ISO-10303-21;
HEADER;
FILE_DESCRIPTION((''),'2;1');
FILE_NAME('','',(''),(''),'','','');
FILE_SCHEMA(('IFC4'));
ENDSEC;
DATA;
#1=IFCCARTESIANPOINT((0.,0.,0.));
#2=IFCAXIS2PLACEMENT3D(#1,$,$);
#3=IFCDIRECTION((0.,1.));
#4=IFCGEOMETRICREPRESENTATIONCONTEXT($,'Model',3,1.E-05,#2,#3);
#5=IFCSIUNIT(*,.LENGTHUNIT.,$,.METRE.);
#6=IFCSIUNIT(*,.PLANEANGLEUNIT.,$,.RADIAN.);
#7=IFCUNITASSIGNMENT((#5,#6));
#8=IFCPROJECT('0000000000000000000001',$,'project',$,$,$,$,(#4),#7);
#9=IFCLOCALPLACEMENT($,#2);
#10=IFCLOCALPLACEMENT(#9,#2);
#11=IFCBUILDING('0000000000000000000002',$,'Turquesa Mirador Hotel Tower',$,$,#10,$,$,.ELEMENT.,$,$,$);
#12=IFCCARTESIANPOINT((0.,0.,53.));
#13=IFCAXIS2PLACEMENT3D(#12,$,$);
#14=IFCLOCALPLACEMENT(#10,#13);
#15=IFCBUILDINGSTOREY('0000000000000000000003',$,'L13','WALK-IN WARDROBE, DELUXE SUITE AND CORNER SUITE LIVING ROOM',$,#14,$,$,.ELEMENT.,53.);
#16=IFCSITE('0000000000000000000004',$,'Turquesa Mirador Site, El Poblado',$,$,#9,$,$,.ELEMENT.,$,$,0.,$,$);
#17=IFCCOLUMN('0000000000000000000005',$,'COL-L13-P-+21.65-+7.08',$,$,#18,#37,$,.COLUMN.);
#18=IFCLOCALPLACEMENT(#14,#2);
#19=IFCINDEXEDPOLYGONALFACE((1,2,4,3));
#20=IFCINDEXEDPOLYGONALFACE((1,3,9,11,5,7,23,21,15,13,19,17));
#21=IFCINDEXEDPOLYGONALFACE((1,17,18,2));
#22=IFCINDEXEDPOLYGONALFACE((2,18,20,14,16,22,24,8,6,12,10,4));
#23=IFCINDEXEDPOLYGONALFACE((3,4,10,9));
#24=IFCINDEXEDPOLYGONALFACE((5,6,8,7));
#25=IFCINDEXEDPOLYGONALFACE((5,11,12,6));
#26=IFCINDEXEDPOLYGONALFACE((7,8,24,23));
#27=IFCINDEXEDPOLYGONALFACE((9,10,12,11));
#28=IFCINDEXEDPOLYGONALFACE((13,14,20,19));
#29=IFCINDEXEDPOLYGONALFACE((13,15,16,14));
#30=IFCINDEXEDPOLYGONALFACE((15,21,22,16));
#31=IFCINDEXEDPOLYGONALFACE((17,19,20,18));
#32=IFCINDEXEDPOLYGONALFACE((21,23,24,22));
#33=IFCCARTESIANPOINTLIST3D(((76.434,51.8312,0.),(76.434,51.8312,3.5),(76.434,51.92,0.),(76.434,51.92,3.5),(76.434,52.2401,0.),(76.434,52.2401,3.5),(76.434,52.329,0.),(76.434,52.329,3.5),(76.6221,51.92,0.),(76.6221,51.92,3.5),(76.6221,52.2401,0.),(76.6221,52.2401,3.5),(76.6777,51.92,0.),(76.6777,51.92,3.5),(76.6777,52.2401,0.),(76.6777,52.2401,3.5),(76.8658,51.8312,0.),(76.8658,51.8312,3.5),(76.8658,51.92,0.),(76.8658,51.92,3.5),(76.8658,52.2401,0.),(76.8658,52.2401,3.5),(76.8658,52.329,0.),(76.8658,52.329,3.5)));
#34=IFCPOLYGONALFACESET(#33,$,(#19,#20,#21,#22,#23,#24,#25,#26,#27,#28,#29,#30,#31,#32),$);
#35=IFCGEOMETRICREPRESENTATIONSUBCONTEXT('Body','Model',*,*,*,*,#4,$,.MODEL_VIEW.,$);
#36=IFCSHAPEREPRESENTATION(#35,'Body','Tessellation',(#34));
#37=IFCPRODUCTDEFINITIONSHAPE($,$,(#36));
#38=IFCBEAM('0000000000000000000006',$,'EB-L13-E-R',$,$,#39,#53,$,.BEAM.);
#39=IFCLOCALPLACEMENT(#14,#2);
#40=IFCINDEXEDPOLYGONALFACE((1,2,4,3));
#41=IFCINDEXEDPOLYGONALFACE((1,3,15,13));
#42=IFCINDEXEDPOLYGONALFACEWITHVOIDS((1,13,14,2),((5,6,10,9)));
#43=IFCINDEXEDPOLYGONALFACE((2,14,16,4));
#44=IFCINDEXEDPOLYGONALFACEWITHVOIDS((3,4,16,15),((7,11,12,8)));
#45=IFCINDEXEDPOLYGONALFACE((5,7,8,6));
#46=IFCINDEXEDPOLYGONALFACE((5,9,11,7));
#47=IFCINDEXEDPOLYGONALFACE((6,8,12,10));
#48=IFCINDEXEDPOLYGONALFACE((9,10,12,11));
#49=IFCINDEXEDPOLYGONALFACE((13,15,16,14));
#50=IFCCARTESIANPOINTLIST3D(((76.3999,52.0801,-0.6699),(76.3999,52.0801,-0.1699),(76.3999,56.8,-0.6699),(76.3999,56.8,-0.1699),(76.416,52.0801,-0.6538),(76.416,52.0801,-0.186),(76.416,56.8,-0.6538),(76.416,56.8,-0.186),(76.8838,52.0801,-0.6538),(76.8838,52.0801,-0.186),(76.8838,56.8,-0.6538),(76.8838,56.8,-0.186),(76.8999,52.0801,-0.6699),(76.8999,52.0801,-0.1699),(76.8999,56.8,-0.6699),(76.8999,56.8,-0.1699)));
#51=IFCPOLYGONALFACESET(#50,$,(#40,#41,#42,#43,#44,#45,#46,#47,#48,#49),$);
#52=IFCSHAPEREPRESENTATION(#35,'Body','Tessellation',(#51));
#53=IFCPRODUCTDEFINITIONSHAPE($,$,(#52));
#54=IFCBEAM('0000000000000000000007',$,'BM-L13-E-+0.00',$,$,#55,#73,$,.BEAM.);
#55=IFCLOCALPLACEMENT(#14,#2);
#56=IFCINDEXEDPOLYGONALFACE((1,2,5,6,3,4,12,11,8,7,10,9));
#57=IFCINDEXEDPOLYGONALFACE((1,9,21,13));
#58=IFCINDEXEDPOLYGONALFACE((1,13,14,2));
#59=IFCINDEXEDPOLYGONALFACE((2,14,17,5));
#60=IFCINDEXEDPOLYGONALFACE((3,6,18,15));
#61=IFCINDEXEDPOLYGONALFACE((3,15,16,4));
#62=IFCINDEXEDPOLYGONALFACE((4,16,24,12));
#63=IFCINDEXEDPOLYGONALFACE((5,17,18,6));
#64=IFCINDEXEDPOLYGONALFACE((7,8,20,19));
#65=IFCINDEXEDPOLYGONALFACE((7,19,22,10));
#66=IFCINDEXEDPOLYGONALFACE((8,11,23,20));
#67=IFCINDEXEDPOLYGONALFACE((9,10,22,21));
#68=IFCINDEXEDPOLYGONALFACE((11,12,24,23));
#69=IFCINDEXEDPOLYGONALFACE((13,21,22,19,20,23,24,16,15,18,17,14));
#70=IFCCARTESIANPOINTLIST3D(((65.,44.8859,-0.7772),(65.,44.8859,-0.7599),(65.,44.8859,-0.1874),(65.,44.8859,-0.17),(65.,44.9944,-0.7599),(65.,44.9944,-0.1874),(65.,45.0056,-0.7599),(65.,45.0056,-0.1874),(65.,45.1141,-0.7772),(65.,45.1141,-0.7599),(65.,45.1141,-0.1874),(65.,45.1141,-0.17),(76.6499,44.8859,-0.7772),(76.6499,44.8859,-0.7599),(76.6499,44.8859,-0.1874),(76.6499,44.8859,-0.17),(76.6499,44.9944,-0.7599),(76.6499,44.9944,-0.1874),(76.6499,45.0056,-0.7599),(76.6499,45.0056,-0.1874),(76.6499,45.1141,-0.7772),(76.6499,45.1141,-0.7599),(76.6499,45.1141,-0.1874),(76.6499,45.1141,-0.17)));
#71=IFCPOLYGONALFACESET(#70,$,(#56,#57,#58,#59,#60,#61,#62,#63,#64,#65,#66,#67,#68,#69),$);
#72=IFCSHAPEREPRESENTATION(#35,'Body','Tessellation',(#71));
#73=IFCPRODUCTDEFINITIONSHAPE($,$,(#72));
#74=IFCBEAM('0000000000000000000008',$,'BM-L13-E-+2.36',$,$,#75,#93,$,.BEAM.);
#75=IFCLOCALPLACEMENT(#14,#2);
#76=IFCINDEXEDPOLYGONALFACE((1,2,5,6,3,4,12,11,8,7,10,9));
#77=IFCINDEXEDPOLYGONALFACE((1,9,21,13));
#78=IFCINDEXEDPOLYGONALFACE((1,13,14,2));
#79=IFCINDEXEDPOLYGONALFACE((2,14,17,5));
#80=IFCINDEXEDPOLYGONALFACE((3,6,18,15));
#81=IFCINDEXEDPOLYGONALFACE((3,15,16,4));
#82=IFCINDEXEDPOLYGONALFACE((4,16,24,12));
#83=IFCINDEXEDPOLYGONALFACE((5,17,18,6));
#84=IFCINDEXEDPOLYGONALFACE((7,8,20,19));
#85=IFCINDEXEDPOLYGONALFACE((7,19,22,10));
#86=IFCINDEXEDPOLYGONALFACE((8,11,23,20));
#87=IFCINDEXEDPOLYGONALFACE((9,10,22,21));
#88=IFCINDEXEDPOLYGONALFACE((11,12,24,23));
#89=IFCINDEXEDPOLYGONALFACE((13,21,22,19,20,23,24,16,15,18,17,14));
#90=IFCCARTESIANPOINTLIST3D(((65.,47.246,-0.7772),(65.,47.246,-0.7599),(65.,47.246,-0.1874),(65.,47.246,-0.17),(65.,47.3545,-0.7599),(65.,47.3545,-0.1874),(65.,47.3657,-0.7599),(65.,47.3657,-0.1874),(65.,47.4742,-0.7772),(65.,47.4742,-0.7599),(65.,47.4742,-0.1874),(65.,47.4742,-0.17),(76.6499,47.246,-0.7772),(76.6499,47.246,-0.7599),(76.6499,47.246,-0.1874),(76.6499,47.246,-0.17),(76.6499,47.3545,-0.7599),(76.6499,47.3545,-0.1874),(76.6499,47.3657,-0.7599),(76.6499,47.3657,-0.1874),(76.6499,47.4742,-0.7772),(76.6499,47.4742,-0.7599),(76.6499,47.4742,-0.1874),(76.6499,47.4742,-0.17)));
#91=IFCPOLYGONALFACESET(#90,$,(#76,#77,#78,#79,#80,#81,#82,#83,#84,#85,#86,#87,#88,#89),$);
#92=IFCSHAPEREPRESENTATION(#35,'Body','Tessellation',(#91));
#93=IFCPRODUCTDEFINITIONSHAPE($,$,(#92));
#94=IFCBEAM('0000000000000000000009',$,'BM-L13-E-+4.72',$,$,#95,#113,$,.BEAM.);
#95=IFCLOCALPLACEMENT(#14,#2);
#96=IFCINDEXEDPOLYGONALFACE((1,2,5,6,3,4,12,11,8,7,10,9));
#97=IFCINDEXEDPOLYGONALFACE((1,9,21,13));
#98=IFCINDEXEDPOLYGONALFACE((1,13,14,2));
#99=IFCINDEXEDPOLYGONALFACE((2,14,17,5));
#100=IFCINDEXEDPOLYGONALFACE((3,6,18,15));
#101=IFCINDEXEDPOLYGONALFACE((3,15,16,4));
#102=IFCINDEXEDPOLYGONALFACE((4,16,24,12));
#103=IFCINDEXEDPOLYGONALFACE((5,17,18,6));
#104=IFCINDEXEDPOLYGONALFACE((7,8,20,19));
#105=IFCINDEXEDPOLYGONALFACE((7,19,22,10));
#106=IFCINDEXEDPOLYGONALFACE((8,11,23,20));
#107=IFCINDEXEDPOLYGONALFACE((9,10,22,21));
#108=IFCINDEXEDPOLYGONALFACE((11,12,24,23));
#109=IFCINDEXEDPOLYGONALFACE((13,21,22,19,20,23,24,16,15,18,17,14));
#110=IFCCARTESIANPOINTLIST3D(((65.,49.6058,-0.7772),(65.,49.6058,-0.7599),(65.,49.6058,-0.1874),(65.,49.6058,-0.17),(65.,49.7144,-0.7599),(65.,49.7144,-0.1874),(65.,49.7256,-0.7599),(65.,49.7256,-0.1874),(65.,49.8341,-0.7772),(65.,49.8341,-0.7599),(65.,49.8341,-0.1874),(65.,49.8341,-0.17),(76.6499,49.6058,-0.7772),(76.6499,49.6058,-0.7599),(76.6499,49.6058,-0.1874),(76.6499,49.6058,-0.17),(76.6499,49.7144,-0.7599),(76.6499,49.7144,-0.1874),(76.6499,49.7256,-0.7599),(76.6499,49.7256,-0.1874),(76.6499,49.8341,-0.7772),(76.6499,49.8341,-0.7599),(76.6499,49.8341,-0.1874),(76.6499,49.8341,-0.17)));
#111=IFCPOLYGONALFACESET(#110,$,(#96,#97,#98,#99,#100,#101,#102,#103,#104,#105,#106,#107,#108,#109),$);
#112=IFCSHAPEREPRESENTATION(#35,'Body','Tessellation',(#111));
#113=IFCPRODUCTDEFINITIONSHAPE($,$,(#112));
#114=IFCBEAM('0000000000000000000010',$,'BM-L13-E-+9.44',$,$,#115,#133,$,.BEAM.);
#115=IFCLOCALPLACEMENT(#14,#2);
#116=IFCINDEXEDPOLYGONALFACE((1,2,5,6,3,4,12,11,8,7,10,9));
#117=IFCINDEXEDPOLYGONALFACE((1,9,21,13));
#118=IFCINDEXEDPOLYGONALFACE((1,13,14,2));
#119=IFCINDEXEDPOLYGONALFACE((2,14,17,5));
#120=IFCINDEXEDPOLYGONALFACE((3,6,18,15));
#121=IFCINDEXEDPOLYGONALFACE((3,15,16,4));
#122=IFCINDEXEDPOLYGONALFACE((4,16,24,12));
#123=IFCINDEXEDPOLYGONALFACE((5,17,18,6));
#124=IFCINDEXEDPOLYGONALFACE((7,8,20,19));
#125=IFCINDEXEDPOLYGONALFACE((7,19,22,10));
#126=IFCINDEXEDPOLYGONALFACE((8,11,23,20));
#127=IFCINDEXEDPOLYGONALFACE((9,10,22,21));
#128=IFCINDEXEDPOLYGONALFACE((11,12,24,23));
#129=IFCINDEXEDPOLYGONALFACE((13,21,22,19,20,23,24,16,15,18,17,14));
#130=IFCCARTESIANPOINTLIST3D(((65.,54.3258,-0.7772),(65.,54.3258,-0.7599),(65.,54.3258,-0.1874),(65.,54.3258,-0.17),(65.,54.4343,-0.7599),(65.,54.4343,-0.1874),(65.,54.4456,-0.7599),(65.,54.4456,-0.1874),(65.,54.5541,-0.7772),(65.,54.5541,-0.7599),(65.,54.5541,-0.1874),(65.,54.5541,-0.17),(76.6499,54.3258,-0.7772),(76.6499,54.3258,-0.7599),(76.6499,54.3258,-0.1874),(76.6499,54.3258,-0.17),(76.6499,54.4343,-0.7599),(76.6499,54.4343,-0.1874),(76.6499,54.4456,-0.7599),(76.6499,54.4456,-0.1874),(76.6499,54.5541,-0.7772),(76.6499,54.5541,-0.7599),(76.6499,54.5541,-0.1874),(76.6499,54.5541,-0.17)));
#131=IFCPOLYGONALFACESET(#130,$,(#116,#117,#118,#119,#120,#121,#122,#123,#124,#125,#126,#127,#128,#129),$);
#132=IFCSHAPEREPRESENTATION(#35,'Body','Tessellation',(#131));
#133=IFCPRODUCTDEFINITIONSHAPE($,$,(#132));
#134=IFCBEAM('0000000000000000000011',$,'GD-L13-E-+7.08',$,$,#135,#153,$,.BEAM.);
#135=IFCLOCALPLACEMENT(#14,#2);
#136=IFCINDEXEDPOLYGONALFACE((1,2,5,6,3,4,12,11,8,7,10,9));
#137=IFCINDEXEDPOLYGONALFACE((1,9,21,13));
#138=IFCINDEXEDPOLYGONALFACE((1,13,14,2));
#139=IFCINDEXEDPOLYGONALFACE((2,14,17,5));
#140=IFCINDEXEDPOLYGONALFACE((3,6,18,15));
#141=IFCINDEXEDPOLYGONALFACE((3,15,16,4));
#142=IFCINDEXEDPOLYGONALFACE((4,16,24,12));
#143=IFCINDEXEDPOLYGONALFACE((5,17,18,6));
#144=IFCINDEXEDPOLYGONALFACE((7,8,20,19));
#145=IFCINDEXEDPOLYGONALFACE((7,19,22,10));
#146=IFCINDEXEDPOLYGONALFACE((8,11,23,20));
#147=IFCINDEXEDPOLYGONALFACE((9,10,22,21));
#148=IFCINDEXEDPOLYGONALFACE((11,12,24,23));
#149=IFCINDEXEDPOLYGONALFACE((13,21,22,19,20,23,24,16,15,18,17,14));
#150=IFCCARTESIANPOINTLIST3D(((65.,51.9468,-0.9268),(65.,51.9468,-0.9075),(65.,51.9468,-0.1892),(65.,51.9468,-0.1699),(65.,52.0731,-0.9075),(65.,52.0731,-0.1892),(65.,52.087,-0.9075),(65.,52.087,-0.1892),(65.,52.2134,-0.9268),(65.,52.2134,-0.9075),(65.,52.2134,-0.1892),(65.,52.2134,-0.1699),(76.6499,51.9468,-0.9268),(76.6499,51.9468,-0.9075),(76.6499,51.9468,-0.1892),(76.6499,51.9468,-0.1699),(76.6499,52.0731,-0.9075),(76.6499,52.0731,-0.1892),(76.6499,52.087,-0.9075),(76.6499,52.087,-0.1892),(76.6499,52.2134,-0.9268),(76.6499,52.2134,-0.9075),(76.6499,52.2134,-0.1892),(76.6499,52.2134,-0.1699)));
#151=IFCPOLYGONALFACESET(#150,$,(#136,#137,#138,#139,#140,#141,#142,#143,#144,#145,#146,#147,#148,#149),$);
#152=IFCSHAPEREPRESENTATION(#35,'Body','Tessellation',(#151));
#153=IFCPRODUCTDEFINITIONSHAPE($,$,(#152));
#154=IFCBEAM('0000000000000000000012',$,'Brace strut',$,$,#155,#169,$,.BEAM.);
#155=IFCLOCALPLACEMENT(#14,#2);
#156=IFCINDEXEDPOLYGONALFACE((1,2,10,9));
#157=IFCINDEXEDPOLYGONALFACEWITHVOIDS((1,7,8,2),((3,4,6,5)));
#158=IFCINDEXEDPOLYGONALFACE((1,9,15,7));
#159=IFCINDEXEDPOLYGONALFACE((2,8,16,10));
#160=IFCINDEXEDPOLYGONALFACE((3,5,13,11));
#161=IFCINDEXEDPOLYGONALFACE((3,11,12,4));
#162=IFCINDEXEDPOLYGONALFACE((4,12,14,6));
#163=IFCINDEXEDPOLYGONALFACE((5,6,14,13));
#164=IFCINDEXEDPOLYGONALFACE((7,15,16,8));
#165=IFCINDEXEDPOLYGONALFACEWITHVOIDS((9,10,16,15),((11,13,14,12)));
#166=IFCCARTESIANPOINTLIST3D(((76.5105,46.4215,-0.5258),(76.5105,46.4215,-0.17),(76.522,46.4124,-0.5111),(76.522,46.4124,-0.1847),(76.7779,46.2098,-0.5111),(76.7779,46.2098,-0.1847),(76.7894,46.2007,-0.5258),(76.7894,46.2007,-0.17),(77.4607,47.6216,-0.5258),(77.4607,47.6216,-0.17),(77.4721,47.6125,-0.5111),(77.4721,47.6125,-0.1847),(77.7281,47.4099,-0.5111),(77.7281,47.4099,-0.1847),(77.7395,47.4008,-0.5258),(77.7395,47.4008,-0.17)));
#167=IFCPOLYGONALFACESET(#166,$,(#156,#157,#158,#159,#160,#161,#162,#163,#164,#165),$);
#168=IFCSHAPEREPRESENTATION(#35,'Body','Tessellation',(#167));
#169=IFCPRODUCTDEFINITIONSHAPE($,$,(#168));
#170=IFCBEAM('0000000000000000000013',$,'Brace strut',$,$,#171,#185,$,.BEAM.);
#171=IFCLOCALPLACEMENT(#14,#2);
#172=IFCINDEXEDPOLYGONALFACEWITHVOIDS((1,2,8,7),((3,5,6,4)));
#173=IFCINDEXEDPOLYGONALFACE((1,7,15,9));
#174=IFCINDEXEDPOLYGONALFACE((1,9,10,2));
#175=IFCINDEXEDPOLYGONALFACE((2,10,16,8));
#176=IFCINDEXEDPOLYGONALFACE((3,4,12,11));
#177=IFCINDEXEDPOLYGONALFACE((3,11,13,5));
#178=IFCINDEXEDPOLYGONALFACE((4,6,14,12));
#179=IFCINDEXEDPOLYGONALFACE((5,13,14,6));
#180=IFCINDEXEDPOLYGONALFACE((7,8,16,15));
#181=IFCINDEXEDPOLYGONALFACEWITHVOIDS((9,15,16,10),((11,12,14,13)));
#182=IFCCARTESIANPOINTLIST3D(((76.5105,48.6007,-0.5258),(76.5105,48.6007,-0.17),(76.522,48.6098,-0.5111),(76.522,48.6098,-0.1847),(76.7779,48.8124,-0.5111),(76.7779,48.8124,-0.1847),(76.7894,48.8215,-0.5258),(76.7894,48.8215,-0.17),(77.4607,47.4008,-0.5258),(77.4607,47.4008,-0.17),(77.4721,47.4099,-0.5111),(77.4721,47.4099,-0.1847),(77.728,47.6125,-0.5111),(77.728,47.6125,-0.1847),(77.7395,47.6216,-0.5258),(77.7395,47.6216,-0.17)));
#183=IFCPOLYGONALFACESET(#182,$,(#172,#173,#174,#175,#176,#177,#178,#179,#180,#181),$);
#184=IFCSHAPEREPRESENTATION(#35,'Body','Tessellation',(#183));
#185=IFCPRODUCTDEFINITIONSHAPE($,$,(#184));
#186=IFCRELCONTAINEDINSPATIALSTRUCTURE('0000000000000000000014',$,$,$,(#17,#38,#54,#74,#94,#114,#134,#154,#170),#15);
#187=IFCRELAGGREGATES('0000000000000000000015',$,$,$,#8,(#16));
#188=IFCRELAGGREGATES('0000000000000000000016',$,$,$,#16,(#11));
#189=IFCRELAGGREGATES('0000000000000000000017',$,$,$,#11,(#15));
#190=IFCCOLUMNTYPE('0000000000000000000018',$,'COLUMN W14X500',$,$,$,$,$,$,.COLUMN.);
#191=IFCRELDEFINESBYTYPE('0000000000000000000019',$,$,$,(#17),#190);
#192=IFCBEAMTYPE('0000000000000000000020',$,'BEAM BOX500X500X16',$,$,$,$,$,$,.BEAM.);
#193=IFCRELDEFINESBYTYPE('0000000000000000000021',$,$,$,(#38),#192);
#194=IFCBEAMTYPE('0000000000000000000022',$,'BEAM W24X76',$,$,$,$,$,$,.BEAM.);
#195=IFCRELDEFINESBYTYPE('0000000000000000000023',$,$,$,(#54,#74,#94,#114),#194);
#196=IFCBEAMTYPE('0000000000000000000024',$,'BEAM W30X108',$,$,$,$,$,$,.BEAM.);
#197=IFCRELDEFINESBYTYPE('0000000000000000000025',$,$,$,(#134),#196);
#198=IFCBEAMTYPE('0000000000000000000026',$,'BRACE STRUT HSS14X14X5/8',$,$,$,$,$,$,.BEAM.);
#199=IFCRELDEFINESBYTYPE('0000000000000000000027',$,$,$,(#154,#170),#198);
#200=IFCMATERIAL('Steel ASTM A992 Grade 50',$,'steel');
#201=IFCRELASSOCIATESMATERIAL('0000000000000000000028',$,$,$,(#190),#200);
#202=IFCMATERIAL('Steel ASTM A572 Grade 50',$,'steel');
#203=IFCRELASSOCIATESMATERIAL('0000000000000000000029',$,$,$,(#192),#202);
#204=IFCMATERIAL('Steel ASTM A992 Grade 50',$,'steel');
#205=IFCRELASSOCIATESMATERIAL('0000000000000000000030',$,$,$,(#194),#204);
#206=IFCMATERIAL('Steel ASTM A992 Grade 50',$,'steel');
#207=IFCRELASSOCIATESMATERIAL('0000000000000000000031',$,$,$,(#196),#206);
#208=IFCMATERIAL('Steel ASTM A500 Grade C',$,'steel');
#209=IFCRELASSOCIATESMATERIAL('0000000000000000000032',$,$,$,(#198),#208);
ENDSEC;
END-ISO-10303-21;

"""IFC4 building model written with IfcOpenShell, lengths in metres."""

from ifc_helpers import new_model, si_unit, direction, frame, origin, origin_2d, place, context, subcontext, project, spatial, hollow_rectangle, i_section, extrude, material, material_profile, profile_set, type_object, element, save


model = new_model("IFC4")

# Units and contexts
model_context = context("Model", 3, precision=1e-05, world=origin(), true_north=direction((0.0, 1.0)))
body_context = subcontext(model_context, "Body", "Model", "MODEL_VIEW")
ifc_project = project(units=[si_unit("LENGTHUNIT", "METRE"), si_unit("PLANEANGLEUNIT", "RADIAN")], contexts=[model_context])

# Site, building, storey
site_placement = place(None, origin())
site = spatial("IfcSite", under=ifc_project, at=site_placement, Name="Turquesa Mirador Site, El Poblado", CompositionType="ELEMENT", RefElevation=0.0)
building_placement = place(site_placement, origin())
building = spatial("IfcBuilding", under=site, at=building_placement, Name="Turquesa Mirador Hotel Tower", CompositionType="ELEMENT")
storey_placement = place(building_placement, frame((0.0, 0.0, 53.0)))
storey = spatial("IfcBuildingStorey", under=building, at=storey_placement, Name="L13", Description="WALK-IN WARDROBE, DELUXE SUITE AND CORNER SUITE LIVING ROOM", CompositionType="ELEMENT", Elevation=53.0)

# Column
ifc_material_1 = material(Name="Steel ASTM A992 Grade 50", Category="steel")
ifc_material_profile_1 = material_profile(ifc_material_1, i_section(OverallWidth=0.4319, OverallDepth=0.4978, WebThickness=0.0557, FlangeThickness=0.0889, at=origin_2d()), Name="W14X500")
ifc_profile_set_1 = profile_set([ifc_material_profile_1], Name="Steel ASTM A992 Grade 50")
column_type = type_object("IfcColumnType", Name="COLUMN W14X500", PredefinedType="COLUMN", material=ifc_profile_set_1)
column_placement = place(storey_placement, frame((76.6499, 52.0801, 0.0), z_axis=(0.0, 0.0, 1.0), x_axis=(1.0, 0.0, 0.0)))
element("IfcColumn", 1, at=column_placement, inside=storey, type_object=column_type, Name="COL-L13-P-+21.65-+7.08", PredefinedType="COLUMN", context=body_context, shape_type="SweptSolid", body=[
    extrude(i_section(OverallWidth=0.4319, OverallDepth=0.4978, WebThickness=0.0557, FlangeThickness=0.0889, at=origin_2d()), origin(), (0.0, 0.0, 1.0), 3.5),
])

# Beams
ifc_material_2 = material(Name="Steel ASTM A572 Grade 50", Category="steel")
ifc_material_profile_2 = material_profile(ifc_material_2, hollow_rectangle(XDim=0.5, YDim=0.5, WallThickness=0.0161, at=origin_2d()), Name="BOX500X500X16")
ifc_profile_set_2 = profile_set([ifc_material_profile_2], Name="Steel ASTM A572 Grade 50")
beam_type_1 = type_object("IfcBeamType", Name="BEAM BOX500X500X16", PredefinedType="BEAM", material=ifc_profile_set_2)
beam_1_placement = place(storey_placement, frame((76.6499, 52.0801, -0.4199), z_axis=(0.0, 1.0, 0.0), x_axis=(-1.0, 0.0, 0.0)))
element("IfcBeam", 2, at=beam_1_placement, inside=storey, type_object=beam_type_1, Name="EB-L13-E-R", PredefinedType="BEAM", context=body_context, shape_type="SweptSolid", body=[
    extrude(hollow_rectangle(XDim=0.5, YDim=0.5, WallThickness=0.0161, at=origin_2d()), origin(), (0.0, 0.0, 1.0), 4.72),
])
ifc_material_3 = material(Name="Steel ASTM A992 Grade 50", Category="steel")
ifc_material_profile_3 = material_profile(ifc_material_3, i_section(OverallWidth=0.2283, OverallDepth=0.6072, WebThickness=0.0112, FlangeThickness=0.0173, at=origin_2d()), Name="W24X76")
ifc_profile_set_3 = profile_set([ifc_material_profile_3], Name="Steel ASTM A992 Grade 50")
beam_type_2 = type_object("IfcBeamType", Name="BEAM W24X76", PredefinedType="BEAM", material=ifc_profile_set_3)
for number, where, z_axis, x_axis, name in (
    (3, (76.6499, 45.0, -0.4736), (-1.0, 0.0, 0.0), (0.0, -1.0, 0.0), "BM-L13-E-+0.00"),
    (4, (76.6499, 47.3601, -0.4736), (-1.0, 0.0, 0.0), (0.0, -1.0, 0.0), "BM-L13-E-+2.36"),
    (5, (76.6499, 49.72, -0.4736), (-1.0, 0.0, 0.0), (0.0, -1.0, 0.0), "BM-L13-E-+4.72"),
    (6, (76.6499, 54.4399, -0.4736), (-1.0, 0.0, 0.0), (0.0, -1.0, 0.0), "BM-L13-E-+9.44"),
):
    element("IfcBeam", number, at=place(storey_placement, frame(where, z_axis=z_axis, x_axis=x_axis)), inside=storey, type_object=beam_type_2, Name=name, PredefinedType="BEAM", context=body_context, shape_type="SweptSolid", body=[
        extrude(i_section(OverallWidth=0.2283, OverallDepth=0.6072, WebThickness=0.0112, FlangeThickness=0.0173, at=origin_2d()), origin(), (0.0, 0.0, 1.0), 11.6499),
    ])
ifc_material_4 = material(Name="Steel ASTM A992 Grade 50", Category="steel")
ifc_material_profile_4 = material_profile(ifc_material_4, i_section(OverallWidth=0.2666, OverallDepth=0.7568, WebThickness=0.0139, FlangeThickness=0.0193, at=origin_2d()), Name="W30X108")
ifc_profile_set_4 = profile_set([ifc_material_profile_4], Name="Steel ASTM A992 Grade 50")
beam_type_3 = type_object("IfcBeamType", Name="BEAM W30X108", PredefinedType="BEAM", material=ifc_profile_set_4)
beam_2_placement = place(storey_placement, frame((76.6499, 52.0801, -0.5483), z_axis=(-1.0, 0.0, 0.0), x_axis=(0.0, -1.0, 0.0)))
element("IfcBeam", 7, at=beam_2_placement, inside=storey, type_object=beam_type_3, Name="GD-L13-E-+7.08", PredefinedType="BEAM", context=body_context, shape_type="SweptSolid", body=[
    extrude(i_section(OverallWidth=0.2666, OverallDepth=0.7568, WebThickness=0.0139, FlangeThickness=0.0193, at=origin_2d()), origin(), (0.0, 0.0, 1.0), 11.6499),
])
ifc_material_5 = material(Name="Steel ASTM A500 Grade C", Category="steel")
ifc_material_profile_5 = material_profile(ifc_material_5, hollow_rectangle(XDim=0.3557, YDim=0.3557, WallThickness=0.0146, at=origin_2d()), Name="HSS14X14X5/8")
ifc_profile_set_5 = profile_set([ifc_material_profile_5], Name="Steel ASTM A500 Grade C")
beam_type_4 = type_object("IfcBeamType", Name="BRACE STRUT HSS14X14X5/8", PredefinedType="BEAM", material=ifc_profile_set_5)
beam_3_placement = place(storey_placement, frame((77.6001, 47.5112, -0.3479), z_axis=(-0.620719, -0.784033, 0.0), x_axis=(0.784033, -0.620719, 0.0)))
element("IfcBeam", 8, at=beam_3_placement, inside=storey, type_object=beam_type_4, Name="Brace strut", PredefinedType="BEAM", context=body_context, shape_type="SweptSolid", body=[
    extrude(hollow_rectangle(XDim=0.3557, YDim=0.3557, WallThickness=0.0146, at=origin_2d()), origin(), (0.0, 0.0, 1.0), 1.5308),
])
beam_4_placement = place(storey_placement, frame((77.6001, 47.5112, -0.3479), z_axis=(-0.620797, 0.783971, 0.0), x_axis=(-0.783971, -0.620797, 0.0)))
element("IfcBeam", 9, at=beam_4_placement, inside=storey, type_object=beam_type_4, Name="Brace strut", PredefinedType="BEAM", context=body_context, shape_type="SweptSolid", body=[
    extrude(hollow_rectangle(XDim=0.3557, YDim=0.3557, WallThickness=0.0146, at=origin_2d()), origin(), (0.0, 0.0, 1.0), 1.5305),
])

save(model, "model.ifc")
